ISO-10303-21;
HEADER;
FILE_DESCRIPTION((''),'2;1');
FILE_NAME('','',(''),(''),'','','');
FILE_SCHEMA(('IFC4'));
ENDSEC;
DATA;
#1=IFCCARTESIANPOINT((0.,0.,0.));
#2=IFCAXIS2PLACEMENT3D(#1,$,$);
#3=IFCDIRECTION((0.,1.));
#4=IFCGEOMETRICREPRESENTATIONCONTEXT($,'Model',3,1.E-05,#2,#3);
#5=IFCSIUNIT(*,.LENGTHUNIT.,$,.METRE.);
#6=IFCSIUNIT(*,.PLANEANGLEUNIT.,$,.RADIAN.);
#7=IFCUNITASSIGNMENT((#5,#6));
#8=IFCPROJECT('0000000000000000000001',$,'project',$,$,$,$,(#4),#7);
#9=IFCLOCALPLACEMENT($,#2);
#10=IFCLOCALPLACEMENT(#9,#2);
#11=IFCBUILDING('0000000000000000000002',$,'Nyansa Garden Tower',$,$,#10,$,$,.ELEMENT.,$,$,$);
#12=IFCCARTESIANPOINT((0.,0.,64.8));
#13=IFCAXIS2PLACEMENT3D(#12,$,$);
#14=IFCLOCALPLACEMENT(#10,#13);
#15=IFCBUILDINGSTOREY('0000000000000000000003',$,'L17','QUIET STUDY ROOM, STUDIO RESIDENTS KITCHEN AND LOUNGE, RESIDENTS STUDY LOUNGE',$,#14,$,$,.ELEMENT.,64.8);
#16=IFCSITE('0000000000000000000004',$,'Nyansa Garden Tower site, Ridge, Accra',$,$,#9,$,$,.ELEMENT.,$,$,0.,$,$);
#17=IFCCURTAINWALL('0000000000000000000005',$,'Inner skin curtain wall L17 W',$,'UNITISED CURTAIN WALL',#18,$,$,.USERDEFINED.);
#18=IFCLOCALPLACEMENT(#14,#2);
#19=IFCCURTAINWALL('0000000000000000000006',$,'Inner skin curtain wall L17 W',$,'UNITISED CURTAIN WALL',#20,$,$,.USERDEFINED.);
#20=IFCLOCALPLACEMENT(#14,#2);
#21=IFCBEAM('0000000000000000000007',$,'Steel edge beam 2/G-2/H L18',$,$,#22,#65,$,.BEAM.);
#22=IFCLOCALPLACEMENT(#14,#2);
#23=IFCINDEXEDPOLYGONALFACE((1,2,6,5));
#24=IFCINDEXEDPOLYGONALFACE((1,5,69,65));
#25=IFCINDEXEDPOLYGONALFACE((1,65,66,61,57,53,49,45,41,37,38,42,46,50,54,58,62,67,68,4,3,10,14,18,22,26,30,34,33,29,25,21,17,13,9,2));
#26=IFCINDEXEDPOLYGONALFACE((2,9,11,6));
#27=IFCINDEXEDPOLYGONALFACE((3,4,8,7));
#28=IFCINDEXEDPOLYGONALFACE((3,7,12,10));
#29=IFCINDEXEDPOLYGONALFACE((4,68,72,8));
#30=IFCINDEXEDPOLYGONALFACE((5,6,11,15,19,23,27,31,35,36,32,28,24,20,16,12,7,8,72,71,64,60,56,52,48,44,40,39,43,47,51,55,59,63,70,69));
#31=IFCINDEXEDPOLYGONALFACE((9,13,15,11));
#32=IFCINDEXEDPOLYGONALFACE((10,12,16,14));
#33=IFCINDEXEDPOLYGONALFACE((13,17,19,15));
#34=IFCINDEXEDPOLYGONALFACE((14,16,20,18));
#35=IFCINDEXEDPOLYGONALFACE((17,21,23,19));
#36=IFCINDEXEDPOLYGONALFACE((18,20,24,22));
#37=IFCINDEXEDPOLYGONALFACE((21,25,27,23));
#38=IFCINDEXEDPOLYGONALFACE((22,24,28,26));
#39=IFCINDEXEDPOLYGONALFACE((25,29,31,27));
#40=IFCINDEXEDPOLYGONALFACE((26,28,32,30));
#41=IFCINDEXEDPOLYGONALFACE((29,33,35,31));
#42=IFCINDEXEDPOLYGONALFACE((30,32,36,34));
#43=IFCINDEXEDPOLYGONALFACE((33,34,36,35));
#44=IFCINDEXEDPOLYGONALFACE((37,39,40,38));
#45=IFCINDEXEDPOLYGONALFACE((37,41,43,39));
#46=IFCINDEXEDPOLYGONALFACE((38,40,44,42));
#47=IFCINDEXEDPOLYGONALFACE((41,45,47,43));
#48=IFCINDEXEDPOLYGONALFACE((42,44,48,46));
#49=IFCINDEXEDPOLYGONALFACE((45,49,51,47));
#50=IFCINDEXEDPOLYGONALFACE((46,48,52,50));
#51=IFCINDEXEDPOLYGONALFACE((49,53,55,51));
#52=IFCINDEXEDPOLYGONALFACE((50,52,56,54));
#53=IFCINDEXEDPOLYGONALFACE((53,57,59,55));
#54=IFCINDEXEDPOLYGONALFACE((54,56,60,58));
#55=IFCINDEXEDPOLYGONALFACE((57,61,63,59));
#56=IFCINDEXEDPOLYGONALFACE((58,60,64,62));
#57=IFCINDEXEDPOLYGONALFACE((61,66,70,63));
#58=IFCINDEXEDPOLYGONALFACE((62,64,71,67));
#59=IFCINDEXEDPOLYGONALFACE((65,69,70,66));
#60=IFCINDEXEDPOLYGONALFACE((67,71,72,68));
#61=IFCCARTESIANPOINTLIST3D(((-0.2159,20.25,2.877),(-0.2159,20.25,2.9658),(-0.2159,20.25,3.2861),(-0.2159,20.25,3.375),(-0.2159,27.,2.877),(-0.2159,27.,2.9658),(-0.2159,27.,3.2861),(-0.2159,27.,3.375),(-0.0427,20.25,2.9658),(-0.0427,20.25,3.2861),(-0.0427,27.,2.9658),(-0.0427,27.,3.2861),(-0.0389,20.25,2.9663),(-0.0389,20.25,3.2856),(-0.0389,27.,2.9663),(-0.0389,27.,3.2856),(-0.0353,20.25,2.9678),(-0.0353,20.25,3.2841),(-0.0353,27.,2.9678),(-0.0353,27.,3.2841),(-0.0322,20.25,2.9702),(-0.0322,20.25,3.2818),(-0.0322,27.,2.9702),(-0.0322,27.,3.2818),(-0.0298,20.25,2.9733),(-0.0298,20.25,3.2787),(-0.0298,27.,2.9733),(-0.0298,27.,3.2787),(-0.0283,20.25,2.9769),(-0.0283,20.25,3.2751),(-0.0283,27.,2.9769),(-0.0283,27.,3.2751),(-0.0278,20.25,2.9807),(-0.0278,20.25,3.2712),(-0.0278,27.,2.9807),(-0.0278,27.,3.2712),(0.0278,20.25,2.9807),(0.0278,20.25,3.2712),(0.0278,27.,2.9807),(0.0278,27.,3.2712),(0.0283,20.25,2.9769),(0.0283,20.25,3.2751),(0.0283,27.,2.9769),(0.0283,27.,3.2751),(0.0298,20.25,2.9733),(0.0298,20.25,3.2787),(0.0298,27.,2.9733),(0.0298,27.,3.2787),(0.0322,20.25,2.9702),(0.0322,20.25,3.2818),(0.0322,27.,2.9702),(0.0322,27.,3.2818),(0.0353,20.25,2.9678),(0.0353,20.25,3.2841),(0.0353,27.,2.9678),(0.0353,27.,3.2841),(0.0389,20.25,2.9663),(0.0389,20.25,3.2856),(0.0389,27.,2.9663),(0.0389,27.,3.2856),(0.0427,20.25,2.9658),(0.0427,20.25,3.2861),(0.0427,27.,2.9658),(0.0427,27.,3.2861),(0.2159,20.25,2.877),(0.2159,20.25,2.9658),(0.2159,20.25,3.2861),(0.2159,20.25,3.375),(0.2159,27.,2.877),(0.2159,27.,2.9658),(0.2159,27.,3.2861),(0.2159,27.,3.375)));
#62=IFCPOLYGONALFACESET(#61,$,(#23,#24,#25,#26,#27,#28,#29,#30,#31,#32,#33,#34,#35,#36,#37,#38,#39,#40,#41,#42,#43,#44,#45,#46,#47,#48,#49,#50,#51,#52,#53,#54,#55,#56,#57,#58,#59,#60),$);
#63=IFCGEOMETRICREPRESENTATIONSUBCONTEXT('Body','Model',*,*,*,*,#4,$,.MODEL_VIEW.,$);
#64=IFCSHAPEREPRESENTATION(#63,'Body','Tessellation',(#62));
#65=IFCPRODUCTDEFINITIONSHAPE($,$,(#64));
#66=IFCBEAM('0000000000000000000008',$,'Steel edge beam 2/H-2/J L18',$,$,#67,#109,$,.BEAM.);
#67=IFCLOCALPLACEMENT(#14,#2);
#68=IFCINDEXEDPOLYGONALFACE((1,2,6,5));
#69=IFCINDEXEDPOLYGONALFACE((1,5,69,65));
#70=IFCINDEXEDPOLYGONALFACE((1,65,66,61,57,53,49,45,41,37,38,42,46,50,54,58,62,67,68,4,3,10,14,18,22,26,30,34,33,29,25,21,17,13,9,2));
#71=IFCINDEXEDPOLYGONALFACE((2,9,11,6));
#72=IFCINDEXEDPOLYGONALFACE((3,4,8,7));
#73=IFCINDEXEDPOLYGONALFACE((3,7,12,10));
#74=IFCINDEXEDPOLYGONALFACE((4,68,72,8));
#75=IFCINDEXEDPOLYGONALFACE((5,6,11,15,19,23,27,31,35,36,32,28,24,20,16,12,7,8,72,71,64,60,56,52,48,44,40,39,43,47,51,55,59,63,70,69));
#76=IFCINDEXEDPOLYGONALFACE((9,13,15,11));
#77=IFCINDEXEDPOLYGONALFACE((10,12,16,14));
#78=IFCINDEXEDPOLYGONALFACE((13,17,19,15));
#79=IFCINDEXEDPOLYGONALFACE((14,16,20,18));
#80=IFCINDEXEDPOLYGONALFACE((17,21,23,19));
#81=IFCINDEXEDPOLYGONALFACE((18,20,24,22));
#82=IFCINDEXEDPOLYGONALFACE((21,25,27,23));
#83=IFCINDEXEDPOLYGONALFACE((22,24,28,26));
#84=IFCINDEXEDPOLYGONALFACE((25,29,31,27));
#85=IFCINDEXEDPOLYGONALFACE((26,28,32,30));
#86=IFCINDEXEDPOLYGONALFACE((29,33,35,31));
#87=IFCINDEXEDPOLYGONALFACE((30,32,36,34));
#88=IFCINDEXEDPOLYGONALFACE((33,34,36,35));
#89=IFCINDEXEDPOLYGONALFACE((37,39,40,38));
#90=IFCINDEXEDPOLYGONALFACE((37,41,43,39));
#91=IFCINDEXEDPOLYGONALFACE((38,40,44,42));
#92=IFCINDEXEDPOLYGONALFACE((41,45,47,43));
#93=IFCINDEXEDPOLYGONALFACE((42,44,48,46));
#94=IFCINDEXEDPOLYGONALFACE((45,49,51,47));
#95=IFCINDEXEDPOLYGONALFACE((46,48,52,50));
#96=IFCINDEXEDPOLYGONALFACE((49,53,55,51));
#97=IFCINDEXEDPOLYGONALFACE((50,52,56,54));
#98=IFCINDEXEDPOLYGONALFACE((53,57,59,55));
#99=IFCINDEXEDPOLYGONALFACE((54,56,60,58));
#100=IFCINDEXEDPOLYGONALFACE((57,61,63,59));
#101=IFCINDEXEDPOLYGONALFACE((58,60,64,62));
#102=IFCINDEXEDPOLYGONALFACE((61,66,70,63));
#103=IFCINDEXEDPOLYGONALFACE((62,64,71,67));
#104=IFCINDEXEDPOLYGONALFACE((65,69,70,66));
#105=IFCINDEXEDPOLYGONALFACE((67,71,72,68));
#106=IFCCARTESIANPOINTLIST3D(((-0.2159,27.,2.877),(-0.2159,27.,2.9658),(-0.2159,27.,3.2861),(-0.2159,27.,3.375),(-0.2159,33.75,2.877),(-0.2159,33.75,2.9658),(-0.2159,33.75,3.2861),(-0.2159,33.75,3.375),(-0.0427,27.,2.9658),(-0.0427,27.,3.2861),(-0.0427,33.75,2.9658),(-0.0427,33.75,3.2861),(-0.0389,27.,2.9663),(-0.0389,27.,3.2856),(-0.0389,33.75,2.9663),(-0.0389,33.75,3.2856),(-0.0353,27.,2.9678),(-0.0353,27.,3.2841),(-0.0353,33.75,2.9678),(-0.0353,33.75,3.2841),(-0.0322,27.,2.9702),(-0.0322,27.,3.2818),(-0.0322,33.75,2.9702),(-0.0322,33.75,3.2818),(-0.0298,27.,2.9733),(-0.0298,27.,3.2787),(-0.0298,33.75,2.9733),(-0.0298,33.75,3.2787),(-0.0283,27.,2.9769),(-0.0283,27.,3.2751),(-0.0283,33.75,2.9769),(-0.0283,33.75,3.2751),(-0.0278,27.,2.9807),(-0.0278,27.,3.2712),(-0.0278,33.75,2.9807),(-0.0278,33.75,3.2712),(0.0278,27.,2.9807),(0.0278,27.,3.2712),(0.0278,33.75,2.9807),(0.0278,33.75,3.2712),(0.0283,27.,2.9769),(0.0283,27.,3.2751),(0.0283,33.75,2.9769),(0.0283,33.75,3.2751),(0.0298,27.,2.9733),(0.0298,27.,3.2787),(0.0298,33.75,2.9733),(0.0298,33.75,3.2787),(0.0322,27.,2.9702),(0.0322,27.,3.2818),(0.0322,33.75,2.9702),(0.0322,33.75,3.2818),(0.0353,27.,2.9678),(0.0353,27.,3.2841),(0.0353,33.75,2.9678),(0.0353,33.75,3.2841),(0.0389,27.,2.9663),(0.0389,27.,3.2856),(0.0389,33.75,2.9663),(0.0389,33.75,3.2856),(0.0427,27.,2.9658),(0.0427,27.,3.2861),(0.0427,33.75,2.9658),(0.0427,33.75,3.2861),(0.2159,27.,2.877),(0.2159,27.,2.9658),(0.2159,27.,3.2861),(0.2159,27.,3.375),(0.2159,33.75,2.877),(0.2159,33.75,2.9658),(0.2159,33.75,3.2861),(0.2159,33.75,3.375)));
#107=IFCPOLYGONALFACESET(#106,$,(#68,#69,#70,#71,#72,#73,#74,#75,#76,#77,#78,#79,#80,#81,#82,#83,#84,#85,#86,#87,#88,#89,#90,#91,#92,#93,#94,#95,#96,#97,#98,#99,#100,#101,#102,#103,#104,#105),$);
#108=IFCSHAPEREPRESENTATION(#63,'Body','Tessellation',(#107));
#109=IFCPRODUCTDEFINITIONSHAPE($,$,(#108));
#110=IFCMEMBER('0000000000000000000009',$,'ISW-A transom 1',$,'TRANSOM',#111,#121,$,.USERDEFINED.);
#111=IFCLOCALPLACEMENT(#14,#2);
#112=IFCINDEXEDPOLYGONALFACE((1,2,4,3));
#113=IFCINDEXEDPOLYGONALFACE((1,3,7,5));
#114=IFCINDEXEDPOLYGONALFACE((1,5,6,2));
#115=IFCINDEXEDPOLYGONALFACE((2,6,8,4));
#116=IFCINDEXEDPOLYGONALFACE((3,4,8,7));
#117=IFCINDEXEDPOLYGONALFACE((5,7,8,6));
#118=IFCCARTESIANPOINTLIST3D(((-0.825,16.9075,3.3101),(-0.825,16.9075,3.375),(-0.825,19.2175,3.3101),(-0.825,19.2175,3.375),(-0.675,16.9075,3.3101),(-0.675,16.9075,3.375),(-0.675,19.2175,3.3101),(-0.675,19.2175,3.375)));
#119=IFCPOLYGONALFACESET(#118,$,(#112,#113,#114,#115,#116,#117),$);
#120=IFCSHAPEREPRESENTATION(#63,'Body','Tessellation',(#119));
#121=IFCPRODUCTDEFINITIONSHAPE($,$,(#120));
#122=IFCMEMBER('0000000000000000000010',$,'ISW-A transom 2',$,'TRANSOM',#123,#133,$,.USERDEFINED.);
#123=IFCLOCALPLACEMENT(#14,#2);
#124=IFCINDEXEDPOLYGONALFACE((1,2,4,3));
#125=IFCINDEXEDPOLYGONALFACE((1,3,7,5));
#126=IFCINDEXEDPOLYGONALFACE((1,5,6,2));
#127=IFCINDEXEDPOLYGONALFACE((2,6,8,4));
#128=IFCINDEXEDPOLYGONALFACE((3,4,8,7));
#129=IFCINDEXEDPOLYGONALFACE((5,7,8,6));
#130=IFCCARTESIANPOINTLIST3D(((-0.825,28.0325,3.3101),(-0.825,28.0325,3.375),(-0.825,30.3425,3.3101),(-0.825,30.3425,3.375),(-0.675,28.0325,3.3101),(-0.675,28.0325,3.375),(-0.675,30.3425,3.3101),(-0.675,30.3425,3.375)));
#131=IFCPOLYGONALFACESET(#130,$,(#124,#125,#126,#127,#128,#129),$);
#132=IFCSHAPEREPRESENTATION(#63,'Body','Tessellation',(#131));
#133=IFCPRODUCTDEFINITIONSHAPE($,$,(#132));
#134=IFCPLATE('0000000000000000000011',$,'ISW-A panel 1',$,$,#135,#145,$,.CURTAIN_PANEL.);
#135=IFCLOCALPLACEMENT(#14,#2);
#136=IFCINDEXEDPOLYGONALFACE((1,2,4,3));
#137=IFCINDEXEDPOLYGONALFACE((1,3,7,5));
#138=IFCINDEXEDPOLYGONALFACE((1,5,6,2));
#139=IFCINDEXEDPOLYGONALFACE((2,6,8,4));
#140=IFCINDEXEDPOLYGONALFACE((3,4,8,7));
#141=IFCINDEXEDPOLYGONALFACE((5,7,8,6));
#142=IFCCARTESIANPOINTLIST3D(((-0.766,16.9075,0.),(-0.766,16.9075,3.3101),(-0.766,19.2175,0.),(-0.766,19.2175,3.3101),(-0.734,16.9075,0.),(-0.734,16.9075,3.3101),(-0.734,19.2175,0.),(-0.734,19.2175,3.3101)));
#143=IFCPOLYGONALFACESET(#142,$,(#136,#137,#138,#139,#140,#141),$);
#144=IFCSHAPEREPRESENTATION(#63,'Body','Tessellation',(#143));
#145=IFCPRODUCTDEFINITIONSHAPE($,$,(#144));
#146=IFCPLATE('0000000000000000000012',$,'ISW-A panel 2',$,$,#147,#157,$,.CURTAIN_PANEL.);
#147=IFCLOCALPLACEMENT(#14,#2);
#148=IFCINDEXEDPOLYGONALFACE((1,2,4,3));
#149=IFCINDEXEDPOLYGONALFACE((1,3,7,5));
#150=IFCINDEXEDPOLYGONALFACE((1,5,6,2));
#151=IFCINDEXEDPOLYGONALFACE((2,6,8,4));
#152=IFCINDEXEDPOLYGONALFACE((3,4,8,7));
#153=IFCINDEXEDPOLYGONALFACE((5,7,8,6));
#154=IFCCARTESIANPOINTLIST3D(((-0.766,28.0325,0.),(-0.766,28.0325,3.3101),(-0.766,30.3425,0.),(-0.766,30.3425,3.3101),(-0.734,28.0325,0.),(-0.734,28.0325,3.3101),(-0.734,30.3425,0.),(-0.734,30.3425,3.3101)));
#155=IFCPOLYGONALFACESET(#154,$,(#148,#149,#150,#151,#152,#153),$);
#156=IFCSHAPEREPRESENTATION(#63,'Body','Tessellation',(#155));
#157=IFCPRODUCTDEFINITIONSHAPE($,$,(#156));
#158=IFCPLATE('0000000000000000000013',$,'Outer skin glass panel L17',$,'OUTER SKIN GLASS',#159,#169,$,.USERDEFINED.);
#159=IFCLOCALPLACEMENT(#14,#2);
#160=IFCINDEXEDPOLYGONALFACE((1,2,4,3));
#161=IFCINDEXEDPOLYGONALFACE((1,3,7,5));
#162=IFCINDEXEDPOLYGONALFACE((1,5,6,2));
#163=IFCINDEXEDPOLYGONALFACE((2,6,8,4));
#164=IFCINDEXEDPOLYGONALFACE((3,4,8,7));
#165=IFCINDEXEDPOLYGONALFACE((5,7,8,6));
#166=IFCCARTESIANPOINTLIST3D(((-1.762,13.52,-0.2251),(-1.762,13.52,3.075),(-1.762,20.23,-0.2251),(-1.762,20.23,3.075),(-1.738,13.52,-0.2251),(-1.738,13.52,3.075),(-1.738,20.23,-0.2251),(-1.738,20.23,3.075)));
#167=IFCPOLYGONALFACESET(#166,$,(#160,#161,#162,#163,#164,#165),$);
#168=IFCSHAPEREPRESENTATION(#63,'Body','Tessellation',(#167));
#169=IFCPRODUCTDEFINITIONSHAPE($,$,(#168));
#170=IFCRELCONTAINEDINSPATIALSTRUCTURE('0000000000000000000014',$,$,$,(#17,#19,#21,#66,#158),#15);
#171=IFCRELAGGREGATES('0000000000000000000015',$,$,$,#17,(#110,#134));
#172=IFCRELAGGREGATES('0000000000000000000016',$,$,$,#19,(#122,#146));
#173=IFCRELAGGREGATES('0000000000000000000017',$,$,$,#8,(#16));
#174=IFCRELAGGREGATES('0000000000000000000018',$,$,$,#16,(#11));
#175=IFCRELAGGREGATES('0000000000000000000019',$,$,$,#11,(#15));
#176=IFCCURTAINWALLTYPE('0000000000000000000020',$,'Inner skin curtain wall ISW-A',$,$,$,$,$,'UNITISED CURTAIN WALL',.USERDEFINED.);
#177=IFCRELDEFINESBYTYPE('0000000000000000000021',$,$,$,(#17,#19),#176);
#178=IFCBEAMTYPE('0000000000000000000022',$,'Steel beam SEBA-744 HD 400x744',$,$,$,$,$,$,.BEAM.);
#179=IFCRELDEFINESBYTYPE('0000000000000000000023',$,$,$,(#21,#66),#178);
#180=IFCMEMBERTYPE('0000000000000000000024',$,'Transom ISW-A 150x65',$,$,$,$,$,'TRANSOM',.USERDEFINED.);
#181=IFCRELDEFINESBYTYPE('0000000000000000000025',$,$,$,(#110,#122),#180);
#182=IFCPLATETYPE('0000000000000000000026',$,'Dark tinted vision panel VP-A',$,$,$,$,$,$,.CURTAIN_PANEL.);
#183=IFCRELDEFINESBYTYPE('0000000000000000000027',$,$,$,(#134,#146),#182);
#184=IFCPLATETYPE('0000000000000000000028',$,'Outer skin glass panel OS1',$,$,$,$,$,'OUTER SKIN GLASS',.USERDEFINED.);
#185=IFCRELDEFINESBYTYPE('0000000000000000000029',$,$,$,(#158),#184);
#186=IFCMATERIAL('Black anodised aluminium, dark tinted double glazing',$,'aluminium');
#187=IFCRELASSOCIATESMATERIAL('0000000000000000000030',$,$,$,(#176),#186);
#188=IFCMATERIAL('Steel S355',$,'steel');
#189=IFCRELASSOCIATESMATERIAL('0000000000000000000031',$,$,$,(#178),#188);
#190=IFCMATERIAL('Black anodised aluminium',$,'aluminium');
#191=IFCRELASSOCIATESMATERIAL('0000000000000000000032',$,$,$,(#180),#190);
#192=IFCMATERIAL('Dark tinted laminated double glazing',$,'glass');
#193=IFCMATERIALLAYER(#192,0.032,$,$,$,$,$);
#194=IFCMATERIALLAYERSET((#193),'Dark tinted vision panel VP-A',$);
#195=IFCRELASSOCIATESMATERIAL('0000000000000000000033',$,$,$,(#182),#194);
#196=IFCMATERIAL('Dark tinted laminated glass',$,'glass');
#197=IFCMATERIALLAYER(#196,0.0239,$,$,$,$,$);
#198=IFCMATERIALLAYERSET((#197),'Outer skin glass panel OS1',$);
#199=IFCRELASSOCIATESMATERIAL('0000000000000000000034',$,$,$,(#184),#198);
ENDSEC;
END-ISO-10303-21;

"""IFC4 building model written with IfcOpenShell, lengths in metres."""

from ifc_helpers import new_model, si_unit, direction, frame, origin, origin_2d, place, context, subcontext, project, spatial, rectangle, i_section, extrude, material, layer, layer_set, material_profile, profile_set, type_object, element, aggregate, save


model = new_model("IFC4")

# Units and contexts
model_context = context("Model", 3, precision=1e-05, world=origin(), true_north=direction((0.0, 1.0)))
body_context = subcontext(model_context, "Body", "Model", "MODEL_VIEW")
ifc_project = project(units=[si_unit("LENGTHUNIT", "METRE"), si_unit("PLANEANGLEUNIT", "RADIAN")], contexts=[model_context])

# Site, building, storey
site_placement = place(None, origin())
site = spatial("IfcSite", under=ifc_project, at=site_placement, Name="Nyansa Garden Tower site, Ridge, Accra", CompositionType="ELEMENT", RefElevation=0.0)
building_placement = place(site_placement, origin())
building = spatial("IfcBuilding", under=site, at=building_placement, Name="Nyansa Garden Tower", CompositionType="ELEMENT")
storey_placement = place(building_placement, frame((0.0, 0.0, 64.8)))
storey = spatial("IfcBuildingStorey", under=building, at=storey_placement, Name="L17", Description="QUIET STUDY ROOM, STUDIO RESIDENTS KITCHEN AND LOUNGE, RESIDENTS STUDY LOUNGE", CompositionType="ELEMENT", Elevation=64.8)

# Curtain walls
ifc_material_1 = material(Name="Black anodised aluminium, dark tinted double glazing", Category="aluminium")
curtain_wall_type = type_object("IfcCurtainWallType", Name="Inner skin curtain wall ISW-A", ElementType="UNITISED CURTAIN WALL", PredefinedType="USERDEFINED", material=ifc_material_1)
curtain_wall_1_placement = place(storey_placement, origin())
curtain_wall_1 = element("IfcCurtainWall", 1, at=curtain_wall_1_placement, inside=storey, type_object=curtain_wall_type, Name="Inner skin curtain wall L17 W", ObjectType="UNITISED CURTAIN WALL", PredefinedType="USERDEFINED")
curtain_wall_2_placement = place(storey_placement, origin())
curtain_wall_2 = element("IfcCurtainWall", 2, at=curtain_wall_2_placement, inside=storey, type_object=curtain_wall_type, Name="Inner skin curtain wall L17 W", ObjectType="UNITISED CURTAIN WALL", PredefinedType="USERDEFINED")

# Beams
ifc_material_2 = material(Name="Steel S355", Category="steel")
ifc_material_profile_1 = material_profile(ifc_material_2, i_section(OverallWidth=0.4319, OverallDepth=0.498, WebThickness=0.0557, FlangeThickness=0.0889, FilletRadius=0.0149, at=origin_2d()), Name="HD 400x744")
ifc_profile_set_1 = profile_set([ifc_material_profile_1], Name="Steel S355")
beam_type_1 = type_object("IfcBeamType", Name="Steel beam SEBA-744 HD 400x744", PredefinedType="BEAM", material=ifc_profile_set_1)
for number, where, z_axis, x_axis, name in (
    (3, (0.0, 20.25, 3.126), (0.0, 1.0, 0.0), (-1.0, 0.0, 0.0), "Steel edge beam 2/G-2/H L18"),
    (4, (0.0, 27.0, 3.126), (0.0, 1.0, 0.0), (-1.0, 0.0, 0.0), "Steel edge beam 2/H-2/J L18"),
):
    element("IfcBeam", number, at=place(storey_placement, frame(where, z_axis=z_axis, x_axis=x_axis)), inside=storey, type_object=beam_type_1, Name=name, PredefinedType="BEAM", context=body_context, shape_type="SweptSolid", body=[
        extrude(i_section(OverallWidth=0.4319, OverallDepth=0.498, WebThickness=0.0557, FlangeThickness=0.0889, FilletRadius=0.0149, at=origin_2d()), origin(), (0.0, 0.0, 1.0), 6.75),
    ])

# Members
ifc_material_3 = material(Name="Black anodised aluminium", Category="aluminium")
ifc_material_profile_2 = material_profile(ifc_material_3, rectangle(XDim=0.1499, YDim=0.0649, at=origin_2d()), Name="Transom 150x65")
ifc_profile_set_2 = profile_set([ifc_material_profile_2], Name="Black anodised aluminium")
member_type_1 = type_object("IfcMemberType", Name="Transom ISW-A 150x65", ElementType="TRANSOM", PredefinedType="USERDEFINED", material=ifc_profile_set_2)
member_1_placement = place(storey_placement, frame((-0.75, 19.2175, 3.3425), z_axis=(0.0, -1.0, 0.0), x_axis=(1.0, 0.0, 0.0)))
member_1 = element("IfcMember", 5, at=member_1_placement, type_object=member_type_1, Name="ISW-A transom 1", ObjectType="TRANSOM", PredefinedType="USERDEFINED", context=body_context, shape_type="SweptSolid", body=[
    extrude(rectangle(XDim=0.1499, YDim=0.0649, at=origin_2d()), origin(), (0.0, 0.0, 1.0), 2.3101),
])
member_2_placement = place(storey_placement, frame((-0.75, 30.3425, 3.3425), z_axis=(0.0, -1.0, 0.0), x_axis=(1.0, 0.0, 0.0)))
member_2 = element("IfcMember", 6, at=member_2_placement, type_object=member_type_1, Name="ISW-A transom 2", ObjectType="TRANSOM", PredefinedType="USERDEFINED", context=body_context, shape_type="SweptSolid", body=[
    extrude(rectangle(XDim=0.1499, YDim=0.0649, at=origin_2d()), origin(), (0.0, 0.0, 1.0), 2.3101),
])

# Plates
ifc_material_4 = material(Name="Dark tinted laminated double glazing", Category="glass")
ifc_layer_1 = layer(ifc_material_4, 0.032)
ifc_layer_set_1 = layer_set([ifc_layer_1], Name="Dark tinted vision panel VP-A")
plate_type_1 = type_object("IfcPlateType", Name="Dark tinted vision panel VP-A", PredefinedType="CURTAIN_PANEL", material=ifc_layer_set_1)
plate_1_placement = place(storey_placement, frame((-0.75, 18.0625, 0.0), z_axis=(0.0, 0.0, 1.0), x_axis=(0.0, -1.0, 0.0)))
plate_1 = element("IfcPlate", 7, at=plate_1_placement, type_object=plate_type_1, Name="ISW-A panel 1", PredefinedType="CURTAIN_PANEL", context=body_context, shape_type="SweptSolid", body=[
    extrude(rectangle(XDim=2.3101, YDim=0.032, at=origin_2d()), origin(), (0.0, 0.0, 1.0), 3.3101),
])
aggregate(curtain_wall_1, [member_1, plate_1])
plate_2_placement = place(storey_placement, frame((-0.75, 29.1875, 0.0), z_axis=(0.0, 0.0, 1.0), x_axis=(0.0, -1.0, 0.0)))
plate_2 = element("IfcPlate", 8, at=plate_2_placement, type_object=plate_type_1, Name="ISW-A panel 2", PredefinedType="CURTAIN_PANEL", context=body_context, shape_type="SweptSolid", body=[
    extrude(rectangle(XDim=2.3101, YDim=0.032, at=origin_2d()), origin(), (0.0, 0.0, 1.0), 3.3101),
])
aggregate(curtain_wall_2, [member_2, plate_2])
ifc_material_5 = material(Name="Dark tinted laminated glass", Category="glass")
ifc_layer_2 = layer(ifc_material_5, 0.0239)
ifc_layer_set_2 = layer_set([ifc_layer_2], Name="Outer skin glass panel OS1")
plate_type_2 = type_object("IfcPlateType", Name="Outer skin glass panel OS1", ElementType="OUTER SKIN GLASS", PredefinedType="USERDEFINED", material=ifc_layer_set_2)
plate_3_placement = place(storey_placement, frame((-1.75, 16.875, -0.2251), z_axis=(0.0, 0.0, 1.0), x_axis=(0.0, 1.0, 0.0)))
element("IfcPlate", 9, at=plate_3_placement, inside=storey, type_object=plate_type_2, Name="Outer skin glass panel L17", ObjectType="OUTER SKIN GLASS", PredefinedType="USERDEFINED", context=body_context, shape_type="SweptSolid", body=[
    extrude(rectangle(XDim=6.71, YDim=0.0239, at=origin_2d()), origin(), (0.0, 0.0, 1.0), 3.3),
])

save(model, "model.ifc")
